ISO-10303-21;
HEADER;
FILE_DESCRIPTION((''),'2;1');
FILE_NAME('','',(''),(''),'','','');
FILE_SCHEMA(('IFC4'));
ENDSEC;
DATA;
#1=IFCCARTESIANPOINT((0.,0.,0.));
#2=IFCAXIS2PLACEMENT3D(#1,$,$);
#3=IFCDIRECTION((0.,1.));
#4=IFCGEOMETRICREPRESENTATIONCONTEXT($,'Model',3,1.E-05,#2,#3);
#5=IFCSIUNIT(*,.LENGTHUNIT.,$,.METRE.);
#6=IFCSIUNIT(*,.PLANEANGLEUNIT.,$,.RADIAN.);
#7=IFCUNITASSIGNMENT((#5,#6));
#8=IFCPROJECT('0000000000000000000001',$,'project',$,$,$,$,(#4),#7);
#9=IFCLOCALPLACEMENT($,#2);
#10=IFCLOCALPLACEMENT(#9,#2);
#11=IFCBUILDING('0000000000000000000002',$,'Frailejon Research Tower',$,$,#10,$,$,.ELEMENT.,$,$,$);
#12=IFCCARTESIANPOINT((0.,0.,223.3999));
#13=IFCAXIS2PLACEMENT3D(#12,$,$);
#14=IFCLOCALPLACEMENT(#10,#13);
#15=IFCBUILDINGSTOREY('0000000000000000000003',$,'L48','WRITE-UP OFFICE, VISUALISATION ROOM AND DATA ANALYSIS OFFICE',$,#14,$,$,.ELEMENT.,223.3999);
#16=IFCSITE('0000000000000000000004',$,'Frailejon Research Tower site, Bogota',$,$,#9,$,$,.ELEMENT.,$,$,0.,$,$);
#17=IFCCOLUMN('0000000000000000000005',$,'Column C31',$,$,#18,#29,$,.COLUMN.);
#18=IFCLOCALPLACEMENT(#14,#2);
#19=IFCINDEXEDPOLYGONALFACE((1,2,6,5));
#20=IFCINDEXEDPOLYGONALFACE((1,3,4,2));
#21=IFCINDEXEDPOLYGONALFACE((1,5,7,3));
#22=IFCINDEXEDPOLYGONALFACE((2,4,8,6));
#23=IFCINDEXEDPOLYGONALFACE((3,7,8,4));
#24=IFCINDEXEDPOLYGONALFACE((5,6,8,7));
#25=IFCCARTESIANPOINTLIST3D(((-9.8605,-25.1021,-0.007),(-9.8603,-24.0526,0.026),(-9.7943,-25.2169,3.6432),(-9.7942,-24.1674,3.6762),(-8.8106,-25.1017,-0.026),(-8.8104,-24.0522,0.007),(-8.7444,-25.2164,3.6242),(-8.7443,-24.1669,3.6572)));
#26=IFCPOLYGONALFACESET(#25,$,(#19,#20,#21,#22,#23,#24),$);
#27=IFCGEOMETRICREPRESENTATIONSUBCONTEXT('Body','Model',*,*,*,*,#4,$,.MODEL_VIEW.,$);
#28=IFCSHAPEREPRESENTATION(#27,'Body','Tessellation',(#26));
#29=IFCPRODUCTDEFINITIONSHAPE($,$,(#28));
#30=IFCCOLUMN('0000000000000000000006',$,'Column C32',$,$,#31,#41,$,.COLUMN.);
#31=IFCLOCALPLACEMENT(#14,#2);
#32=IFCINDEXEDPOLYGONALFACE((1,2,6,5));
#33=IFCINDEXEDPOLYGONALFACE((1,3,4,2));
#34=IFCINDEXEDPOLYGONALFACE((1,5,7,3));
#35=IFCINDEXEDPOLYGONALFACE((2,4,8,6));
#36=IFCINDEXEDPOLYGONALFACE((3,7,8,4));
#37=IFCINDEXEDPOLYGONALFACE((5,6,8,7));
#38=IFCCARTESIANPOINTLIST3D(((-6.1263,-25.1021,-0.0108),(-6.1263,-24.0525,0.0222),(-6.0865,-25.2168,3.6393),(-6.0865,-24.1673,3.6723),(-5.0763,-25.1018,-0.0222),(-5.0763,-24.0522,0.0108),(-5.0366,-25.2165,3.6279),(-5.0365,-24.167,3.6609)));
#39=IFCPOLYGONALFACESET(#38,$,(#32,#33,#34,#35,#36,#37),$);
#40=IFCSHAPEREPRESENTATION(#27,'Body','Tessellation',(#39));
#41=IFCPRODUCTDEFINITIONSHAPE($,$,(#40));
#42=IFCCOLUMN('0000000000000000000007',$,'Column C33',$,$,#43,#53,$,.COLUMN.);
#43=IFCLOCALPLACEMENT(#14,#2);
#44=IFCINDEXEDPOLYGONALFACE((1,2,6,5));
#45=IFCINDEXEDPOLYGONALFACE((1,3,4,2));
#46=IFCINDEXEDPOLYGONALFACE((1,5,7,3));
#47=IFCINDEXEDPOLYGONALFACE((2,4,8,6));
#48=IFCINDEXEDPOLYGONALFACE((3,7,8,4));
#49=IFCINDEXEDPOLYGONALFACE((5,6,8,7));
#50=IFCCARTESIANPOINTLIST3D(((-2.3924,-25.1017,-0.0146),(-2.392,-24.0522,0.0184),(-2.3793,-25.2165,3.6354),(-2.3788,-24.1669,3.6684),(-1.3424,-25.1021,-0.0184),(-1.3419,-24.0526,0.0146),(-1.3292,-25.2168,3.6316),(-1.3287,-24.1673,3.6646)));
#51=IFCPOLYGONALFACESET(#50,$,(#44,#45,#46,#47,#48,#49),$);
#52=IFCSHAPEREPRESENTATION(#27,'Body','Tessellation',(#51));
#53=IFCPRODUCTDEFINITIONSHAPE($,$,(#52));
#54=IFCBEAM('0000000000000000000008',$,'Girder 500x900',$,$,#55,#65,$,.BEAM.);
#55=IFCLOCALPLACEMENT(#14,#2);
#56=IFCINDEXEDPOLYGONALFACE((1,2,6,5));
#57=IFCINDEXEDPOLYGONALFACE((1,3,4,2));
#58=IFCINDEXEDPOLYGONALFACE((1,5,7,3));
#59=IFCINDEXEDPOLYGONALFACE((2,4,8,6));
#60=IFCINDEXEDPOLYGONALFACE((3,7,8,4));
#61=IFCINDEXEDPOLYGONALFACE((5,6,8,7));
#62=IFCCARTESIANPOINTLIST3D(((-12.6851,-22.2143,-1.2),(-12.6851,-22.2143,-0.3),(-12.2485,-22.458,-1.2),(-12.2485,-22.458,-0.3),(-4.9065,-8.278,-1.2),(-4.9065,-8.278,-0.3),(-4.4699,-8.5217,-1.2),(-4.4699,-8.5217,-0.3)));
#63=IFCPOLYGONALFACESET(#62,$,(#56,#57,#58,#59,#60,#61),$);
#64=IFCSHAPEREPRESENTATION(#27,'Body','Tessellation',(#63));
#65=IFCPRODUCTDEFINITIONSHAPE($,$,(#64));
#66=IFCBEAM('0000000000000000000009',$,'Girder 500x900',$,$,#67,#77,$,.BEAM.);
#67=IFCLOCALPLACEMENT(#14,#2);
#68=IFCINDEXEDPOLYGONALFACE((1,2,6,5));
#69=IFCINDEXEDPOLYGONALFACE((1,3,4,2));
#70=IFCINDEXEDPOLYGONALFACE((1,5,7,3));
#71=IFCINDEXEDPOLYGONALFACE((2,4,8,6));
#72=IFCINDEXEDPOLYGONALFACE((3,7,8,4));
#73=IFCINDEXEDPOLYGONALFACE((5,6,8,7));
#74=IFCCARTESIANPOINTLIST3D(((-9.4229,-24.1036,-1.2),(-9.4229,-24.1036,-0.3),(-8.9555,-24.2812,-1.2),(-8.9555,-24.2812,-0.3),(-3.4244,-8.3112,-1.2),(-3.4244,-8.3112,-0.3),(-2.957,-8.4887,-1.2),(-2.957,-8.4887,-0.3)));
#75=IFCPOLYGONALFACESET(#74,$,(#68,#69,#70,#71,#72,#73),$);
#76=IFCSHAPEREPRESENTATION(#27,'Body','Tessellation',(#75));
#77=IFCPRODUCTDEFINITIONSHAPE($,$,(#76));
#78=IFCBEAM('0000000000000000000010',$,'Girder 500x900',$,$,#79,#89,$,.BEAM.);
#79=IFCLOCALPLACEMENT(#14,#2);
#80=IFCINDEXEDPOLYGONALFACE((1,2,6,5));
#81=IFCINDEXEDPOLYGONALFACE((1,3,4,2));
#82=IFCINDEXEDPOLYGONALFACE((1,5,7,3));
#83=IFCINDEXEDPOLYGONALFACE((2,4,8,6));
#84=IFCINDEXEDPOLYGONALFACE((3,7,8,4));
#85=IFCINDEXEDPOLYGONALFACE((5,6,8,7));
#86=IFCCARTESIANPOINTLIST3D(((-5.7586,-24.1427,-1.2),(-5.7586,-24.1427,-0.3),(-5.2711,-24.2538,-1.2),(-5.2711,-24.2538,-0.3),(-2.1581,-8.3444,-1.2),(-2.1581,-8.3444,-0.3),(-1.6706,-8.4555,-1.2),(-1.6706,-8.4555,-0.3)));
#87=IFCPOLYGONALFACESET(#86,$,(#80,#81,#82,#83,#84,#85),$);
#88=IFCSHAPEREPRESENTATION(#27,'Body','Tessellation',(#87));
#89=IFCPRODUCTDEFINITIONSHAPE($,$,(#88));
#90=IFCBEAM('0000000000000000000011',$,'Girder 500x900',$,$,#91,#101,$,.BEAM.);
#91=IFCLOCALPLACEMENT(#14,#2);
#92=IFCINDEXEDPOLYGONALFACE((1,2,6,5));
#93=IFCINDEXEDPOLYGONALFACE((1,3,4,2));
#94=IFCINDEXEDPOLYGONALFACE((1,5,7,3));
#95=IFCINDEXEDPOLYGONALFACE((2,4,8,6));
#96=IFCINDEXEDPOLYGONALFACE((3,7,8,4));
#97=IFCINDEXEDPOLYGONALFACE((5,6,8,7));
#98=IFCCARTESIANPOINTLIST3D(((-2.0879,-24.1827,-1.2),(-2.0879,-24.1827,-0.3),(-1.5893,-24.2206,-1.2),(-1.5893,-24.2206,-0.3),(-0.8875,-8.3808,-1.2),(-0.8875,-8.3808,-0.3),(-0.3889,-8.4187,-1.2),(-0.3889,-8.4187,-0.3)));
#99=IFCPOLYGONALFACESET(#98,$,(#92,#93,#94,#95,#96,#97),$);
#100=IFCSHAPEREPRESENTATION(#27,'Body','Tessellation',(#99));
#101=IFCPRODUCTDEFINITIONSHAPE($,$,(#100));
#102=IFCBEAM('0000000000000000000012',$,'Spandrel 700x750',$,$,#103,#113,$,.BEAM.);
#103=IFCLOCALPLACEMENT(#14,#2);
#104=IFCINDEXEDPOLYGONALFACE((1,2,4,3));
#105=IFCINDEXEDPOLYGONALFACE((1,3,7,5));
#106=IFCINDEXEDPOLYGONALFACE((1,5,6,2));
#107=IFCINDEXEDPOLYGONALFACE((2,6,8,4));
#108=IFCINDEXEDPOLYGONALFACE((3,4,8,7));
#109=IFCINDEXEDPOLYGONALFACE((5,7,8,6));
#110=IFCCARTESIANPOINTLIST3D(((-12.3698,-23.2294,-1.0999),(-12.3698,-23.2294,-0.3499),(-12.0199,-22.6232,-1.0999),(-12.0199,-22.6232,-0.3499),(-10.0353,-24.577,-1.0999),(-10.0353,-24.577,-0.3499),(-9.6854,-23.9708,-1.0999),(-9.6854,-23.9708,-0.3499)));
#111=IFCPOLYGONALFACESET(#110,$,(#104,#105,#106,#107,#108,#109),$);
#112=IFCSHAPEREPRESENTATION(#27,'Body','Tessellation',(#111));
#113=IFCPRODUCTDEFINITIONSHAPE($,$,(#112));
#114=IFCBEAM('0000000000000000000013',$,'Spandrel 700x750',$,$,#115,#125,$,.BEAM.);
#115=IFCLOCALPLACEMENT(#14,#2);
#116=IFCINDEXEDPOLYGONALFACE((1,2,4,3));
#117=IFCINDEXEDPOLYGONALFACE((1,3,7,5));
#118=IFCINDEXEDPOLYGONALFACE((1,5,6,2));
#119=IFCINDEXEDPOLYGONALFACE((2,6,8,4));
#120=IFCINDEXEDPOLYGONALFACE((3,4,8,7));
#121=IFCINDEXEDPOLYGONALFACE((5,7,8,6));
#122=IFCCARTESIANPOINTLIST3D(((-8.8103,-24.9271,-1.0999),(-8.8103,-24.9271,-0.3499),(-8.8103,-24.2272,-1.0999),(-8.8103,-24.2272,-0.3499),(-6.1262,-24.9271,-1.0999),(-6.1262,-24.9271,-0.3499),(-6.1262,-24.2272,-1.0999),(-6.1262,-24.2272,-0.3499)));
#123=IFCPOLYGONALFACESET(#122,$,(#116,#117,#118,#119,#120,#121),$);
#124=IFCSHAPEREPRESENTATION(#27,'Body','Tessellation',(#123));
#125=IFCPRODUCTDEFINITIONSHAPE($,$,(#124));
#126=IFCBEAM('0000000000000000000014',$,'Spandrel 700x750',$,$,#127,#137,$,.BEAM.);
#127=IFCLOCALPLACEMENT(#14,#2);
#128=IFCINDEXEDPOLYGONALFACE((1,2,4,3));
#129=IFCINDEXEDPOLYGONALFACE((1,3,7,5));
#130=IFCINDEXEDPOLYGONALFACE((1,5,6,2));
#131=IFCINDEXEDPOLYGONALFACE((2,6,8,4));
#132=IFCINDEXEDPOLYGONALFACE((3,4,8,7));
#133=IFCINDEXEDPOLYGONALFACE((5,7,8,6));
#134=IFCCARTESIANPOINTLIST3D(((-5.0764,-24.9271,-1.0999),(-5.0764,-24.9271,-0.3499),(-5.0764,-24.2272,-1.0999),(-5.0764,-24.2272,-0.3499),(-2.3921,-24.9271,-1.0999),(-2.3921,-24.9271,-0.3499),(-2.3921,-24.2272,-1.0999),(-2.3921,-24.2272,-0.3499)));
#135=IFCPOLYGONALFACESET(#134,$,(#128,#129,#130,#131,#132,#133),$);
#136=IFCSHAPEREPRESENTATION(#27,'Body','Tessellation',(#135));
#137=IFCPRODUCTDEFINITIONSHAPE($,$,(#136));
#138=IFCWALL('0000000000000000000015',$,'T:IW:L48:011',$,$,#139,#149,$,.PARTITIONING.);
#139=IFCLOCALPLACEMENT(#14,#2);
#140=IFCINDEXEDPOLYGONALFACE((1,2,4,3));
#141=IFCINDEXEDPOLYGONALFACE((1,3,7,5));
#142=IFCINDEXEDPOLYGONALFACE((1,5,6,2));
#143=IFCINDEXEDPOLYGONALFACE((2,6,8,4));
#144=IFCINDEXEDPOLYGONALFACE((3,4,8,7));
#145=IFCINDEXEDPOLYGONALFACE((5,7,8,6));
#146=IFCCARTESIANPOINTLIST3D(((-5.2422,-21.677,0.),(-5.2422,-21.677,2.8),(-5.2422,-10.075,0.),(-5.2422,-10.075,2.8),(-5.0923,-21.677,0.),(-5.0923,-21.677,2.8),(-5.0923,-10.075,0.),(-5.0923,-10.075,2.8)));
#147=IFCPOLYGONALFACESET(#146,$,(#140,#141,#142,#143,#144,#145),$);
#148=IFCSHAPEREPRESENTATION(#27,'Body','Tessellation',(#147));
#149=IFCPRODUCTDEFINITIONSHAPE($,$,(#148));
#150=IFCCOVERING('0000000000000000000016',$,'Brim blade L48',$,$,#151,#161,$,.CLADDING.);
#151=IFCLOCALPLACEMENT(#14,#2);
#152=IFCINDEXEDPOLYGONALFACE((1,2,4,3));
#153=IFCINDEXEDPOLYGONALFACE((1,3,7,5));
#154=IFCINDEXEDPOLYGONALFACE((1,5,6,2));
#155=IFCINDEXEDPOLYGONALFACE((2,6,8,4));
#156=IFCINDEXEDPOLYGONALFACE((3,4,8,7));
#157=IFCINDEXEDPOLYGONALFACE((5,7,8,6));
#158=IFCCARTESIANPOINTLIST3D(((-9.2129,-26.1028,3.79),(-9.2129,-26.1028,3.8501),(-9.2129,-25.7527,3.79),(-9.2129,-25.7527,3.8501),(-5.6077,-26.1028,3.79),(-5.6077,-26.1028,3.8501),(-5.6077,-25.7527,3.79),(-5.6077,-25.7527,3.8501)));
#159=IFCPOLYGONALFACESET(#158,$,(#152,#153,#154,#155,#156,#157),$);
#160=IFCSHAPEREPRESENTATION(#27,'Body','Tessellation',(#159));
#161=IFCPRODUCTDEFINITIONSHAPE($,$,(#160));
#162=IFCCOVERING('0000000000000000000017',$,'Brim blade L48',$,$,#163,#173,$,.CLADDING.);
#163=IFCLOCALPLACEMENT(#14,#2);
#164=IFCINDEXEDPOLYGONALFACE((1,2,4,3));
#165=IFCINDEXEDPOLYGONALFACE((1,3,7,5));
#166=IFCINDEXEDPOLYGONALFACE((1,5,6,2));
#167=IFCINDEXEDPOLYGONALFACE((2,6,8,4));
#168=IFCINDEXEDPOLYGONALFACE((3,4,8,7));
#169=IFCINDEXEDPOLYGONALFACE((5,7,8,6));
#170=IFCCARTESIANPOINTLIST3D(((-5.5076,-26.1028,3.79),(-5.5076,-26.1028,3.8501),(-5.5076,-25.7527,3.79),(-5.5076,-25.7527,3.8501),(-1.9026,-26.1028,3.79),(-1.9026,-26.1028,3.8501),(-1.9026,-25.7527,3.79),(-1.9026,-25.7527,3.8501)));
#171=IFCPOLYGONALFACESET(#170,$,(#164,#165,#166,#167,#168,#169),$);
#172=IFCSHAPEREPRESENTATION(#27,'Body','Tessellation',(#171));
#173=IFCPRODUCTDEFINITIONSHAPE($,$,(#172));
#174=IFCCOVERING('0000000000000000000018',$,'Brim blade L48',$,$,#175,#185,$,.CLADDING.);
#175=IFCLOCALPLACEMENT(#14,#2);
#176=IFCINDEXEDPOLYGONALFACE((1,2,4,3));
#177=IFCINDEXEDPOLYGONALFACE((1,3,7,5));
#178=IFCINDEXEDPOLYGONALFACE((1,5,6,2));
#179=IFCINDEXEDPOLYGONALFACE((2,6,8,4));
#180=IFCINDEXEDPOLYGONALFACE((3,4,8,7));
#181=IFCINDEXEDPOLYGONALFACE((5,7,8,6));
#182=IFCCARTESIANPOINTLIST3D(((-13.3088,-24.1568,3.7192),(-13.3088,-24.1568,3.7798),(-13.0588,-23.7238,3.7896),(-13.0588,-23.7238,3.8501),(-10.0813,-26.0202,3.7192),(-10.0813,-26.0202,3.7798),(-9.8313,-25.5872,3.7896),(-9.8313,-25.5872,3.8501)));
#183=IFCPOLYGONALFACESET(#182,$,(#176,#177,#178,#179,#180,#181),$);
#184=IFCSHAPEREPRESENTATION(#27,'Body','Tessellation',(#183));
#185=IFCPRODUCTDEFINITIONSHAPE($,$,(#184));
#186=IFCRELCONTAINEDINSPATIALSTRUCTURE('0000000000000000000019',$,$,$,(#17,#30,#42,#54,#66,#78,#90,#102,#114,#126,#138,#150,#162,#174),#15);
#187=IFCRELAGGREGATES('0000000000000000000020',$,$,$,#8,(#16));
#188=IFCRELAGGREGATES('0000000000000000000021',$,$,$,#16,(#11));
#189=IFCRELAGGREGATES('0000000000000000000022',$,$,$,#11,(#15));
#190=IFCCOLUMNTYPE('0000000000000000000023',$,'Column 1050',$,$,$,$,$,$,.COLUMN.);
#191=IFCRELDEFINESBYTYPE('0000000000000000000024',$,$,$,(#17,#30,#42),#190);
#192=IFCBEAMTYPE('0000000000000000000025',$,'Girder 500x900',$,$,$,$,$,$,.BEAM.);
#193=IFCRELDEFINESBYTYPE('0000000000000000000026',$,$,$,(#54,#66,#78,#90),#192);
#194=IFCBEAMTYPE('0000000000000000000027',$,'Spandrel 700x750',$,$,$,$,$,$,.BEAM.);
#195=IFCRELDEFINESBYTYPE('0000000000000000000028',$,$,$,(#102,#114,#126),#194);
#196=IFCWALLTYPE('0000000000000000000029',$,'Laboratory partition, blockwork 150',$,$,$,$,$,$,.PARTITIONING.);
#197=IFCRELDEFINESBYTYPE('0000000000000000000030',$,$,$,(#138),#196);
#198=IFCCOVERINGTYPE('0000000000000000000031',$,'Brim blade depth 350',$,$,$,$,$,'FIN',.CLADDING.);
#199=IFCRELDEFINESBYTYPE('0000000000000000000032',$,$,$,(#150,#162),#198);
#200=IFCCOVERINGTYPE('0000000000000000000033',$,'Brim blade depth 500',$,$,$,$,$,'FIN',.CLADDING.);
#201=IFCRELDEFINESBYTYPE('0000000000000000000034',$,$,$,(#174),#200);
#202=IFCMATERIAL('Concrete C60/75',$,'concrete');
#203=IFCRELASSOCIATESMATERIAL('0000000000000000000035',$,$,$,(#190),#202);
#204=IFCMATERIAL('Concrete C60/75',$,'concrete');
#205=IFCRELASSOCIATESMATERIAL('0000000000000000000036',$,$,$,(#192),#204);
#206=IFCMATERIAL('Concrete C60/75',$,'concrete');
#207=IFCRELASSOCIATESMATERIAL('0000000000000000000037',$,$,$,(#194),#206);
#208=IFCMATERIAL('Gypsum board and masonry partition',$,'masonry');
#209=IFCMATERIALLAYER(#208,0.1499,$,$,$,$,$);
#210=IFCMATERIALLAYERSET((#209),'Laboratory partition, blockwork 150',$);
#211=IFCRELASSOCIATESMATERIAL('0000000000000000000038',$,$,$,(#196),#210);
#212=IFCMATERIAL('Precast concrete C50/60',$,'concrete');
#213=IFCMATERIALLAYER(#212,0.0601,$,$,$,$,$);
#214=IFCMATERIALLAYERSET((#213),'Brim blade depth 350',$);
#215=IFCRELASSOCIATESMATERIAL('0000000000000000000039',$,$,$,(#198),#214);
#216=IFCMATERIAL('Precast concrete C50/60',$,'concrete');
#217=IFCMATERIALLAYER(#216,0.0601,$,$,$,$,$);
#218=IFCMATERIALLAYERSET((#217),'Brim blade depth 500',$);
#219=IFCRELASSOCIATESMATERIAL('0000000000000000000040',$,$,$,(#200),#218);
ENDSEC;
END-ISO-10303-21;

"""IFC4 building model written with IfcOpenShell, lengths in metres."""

from ifc_helpers import new_model, si_unit, direction, frame, frame_2d, origin, origin_2d, place, context, subcontext, project, spatial, polyline, rectangle, outline, extrude, material, layer, layer_set, material_profile, profile_set, type_object, element, save


model = new_model("IFC4")

# Units and contexts
model_context = context("Model", 3, precision=1e-05, world=origin(), true_north=direction((0.0, 1.0)))
body_context = subcontext(model_context, "Body", "Model", "MODEL_VIEW")
ifc_project = project(units=[si_unit("LENGTHUNIT", "METRE"), si_unit("PLANEANGLEUNIT", "RADIAN")], contexts=[model_context])

# Site, building, storey
site_placement = place(None, origin())
site = spatial("IfcSite", under=ifc_project, at=site_placement, Name="Frailejon Research Tower site, Bogota", CompositionType="ELEMENT", RefElevation=0.0)
building_placement = place(site_placement, origin())
building = spatial("IfcBuilding", under=site, at=building_placement, Name="Frailejon Research Tower", CompositionType="ELEMENT")
storey_placement = place(building_placement, frame((0.0, 0.0, 223.3999)))
storey = spatial("IfcBuildingStorey", under=building, at=storey_placement, Name="L48", Description="WRITE-UP OFFICE, VISUALISATION ROOM AND DATA ANALYSIS OFFICE", CompositionType="ELEMENT", Elevation=223.3999)

# Columns
ifc_material_1 = material(Name="Concrete C60/75", Category="concrete")
ifc_material_profile_1 = material_profile(ifc_material_1, rectangle(XDim=1.05, YDim=1.05, at=origin_2d()), Name="Column 1050")
ifc_profile_set_1 = profile_set([ifc_material_profile_1], Name="Concrete C60/75")
column_type = type_object("IfcColumnType", Name="Column 1050", PredefinedType="COLUMN", material=ifc_profile_set_1)
column_1_placement = place(storey_placement, frame((-9.3354, -24.5771, 0.0), z_axis=(0.018114, -0.031415, 0.999342), x_axis=(0.999836, 0.000438, -0.018109)))
element("IfcColumn", 1, at=column_1_placement, inside=storey, type_object=column_type, Name="Column C31", PredefinedType="COLUMN", context=body_context, shape_type="SweptSolid", body=[
    extrude(rectangle(XDim=1.05, YDim=1.05, at=origin_2d()), origin(), (0.0, 0.0, 1.0), 3.6526),
])
column_2_placement = place(storey_placement, frame((-5.6013, -24.5771, 0.0), z_axis=(0.010896, -0.031419, 0.999447), x_axis=(0.999941, 0.000298, -0.010892)))
element("IfcColumn", 2, at=column_2_placement, inside=storey, type_object=column_type, Name="Column C32", PredefinedType="COLUMN", context=body_context, shape_type="SweptSolid", body=[
    extrude(rectangle(XDim=1.05, YDim=1.05, at=origin_2d()), origin(), (0.0, 0.0, 1.0), 3.6521),
])
column_3_placement = place(storey_placement, frame((-1.8672, -24.5771, 0.0), z_axis=(0.00361, -0.03142, 0.9995), x_axis=(0.999993, -0.000341, -0.003623)))
element("IfcColumn", 3, at=column_3_placement, inside=storey, type_object=column_type, Name="Column C33", PredefinedType="COLUMN", context=body_context, shape_type="SweptSolid", body=[
    extrude(rectangle(XDim=1.05, YDim=1.05, at=origin_2d()), origin(), (0.0, 0.0, 1.0), 3.6519),
])

# Beams
ifc_material_2 = material(Name="Concrete C60/75", Category="concrete")
ifc_material_profile_2 = material_profile(ifc_material_2, rectangle(XDim=0.5, YDim=0.8999, at=origin_2d()), Name="Girder 500x900")
ifc_profile_set_2 = profile_set([ifc_material_profile_2], Name="Concrete C60/75")
beam_type_1 = type_object("IfcBeamType", Name="Girder 500x900", PredefinedType="BEAM", material=ifc_profile_set_2)
beam_1_placement = place(storey_placement, frame((-12.4668, -22.3362, -0.75), z_axis=(0.487375, 0.873193, 0.0), x_axis=(-0.873193, 0.487375, 0.0)))
element("IfcBeam", 4, at=beam_1_placement, inside=storey, type_object=beam_type_1, Name="Girder 500x900", PredefinedType="BEAM", context=body_context, shape_type="SweptSolid", body=[
    extrude(rectangle(XDim=0.5, YDim=0.8999, at=origin_2d()), origin(), (0.0, 0.0, 1.0), 15.9602),
])
beam_2_placement = place(storey_placement, frame((-9.1892, -24.1924, -0.75), z_axis=(0.355083, 0.934835, 0.0), x_axis=(-0.934835, 0.355083, 0.0)))
element("IfcBeam", 5, at=beam_2_placement, inside=storey, type_object=beam_type_1, Name="Girder 500x900", PredefinedType="BEAM", context=body_context, shape_type="SweptSolid", body=[
    extrude(rectangle(XDim=0.5, YDim=0.8999, at=origin_2d()), origin(), (0.0, 0.0, 1.0), 16.8933),
])
beam_3_placement = place(storey_placement, frame((-5.5149, -24.1982, -0.75), z_axis=(0.222211, 0.974999, 0.0), x_axis=(-0.974999, 0.222211, 0.0)))
element("IfcBeam", 6, at=beam_3_placement, inside=storey, type_object=beam_type_1, Name="Girder 500x900", PredefinedType="BEAM", context=body_context, shape_type="SweptSolid", body=[
    extrude(rectangle(XDim=0.5, YDim=0.8999, at=origin_2d()), origin(), (0.0, 0.0, 1.0), 16.2034),
])
beam_4_placement = place(storey_placement, frame((-1.8386, -24.2017, -0.75), z_axis=(0.07575, 0.997127, 0.0), x_axis=(-0.997127, 0.07575, 0.0)))
element("IfcBeam", 7, at=beam_4_placement, inside=storey, type_object=beam_type_1, Name="Girder 500x900", PredefinedType="BEAM", context=body_context, shape_type="SweptSolid", body=[
    extrude(rectangle(XDim=0.5, YDim=0.8999, at=origin_2d()), origin(), (0.0, 0.0, 1.0), 15.8474),
])
ifc_material_3 = material(Name="Concrete C60/75", Category="concrete")
ifc_material_profile_3 = material_profile(ifc_material_3, rectangle(XDim=0.7, YDim=0.75, at=origin_2d()), Name="Spandrel 700x750")
ifc_profile_set_3 = profile_set([ifc_material_profile_3], Name="Concrete C60/75")
beam_type_2 = type_object("IfcBeamType", Name="Spandrel 700x750", PredefinedType="BEAM", material=ifc_profile_set_3)
beam_5_placement = place(storey_placement, frame((-12.1948, -22.9263, -0.7249), z_axis=(0.86605, -0.499958, 0.0), x_axis=(0.499958, 0.86605, 0.0)))
element("IfcBeam", 8, at=beam_5_placement, inside=storey, type_object=beam_type_2, Name="Spandrel 700x750", PredefinedType="BEAM", context=body_context, shape_type="SweptSolid", body=[
    extrude(rectangle(XDim=0.7, YDim=0.75, at=origin_2d()), origin(), (0.0, 0.0, 1.0), 2.6956),
])
beam_6_placement = place(storey_placement, frame((-8.8103, -24.5771, -0.7249), z_axis=(1.0, 0.0, 0.0), x_axis=(0.0, 1.0, 0.0)))
element("IfcBeam", 9, at=beam_6_placement, inside=storey, type_object=beam_type_2, Name="Spandrel 700x750", PredefinedType="BEAM", context=body_context, shape_type="SweptSolid", body=[
    extrude(rectangle(XDim=0.7, YDim=0.75, at=origin_2d()), origin(), (0.0, 0.0, 1.0), 2.6841),
])
beam_7_placement = place(storey_placement, frame((-5.0764, -24.5771, -0.7249), z_axis=(1.0, 0.0, 0.0), x_axis=(0.0, 1.0, 0.0)))
element("IfcBeam", 10, at=beam_7_placement, inside=storey, type_object=beam_type_2, Name="Spandrel 700x750", PredefinedType="BEAM", context=body_context, shape_type="SweptSolid", body=[
    extrude(rectangle(XDim=0.7, YDim=0.75, at=origin_2d()), origin(), (0.0, 0.0, 1.0), 2.6843),
])

# Wall
ifc_material_4 = material(Name="Gypsum board and masonry partition", Category="masonry")
ifc_layer_1 = layer(ifc_material_4, 0.1499)
ifc_layer_set_1 = layer_set([ifc_layer_1], Name="Laboratory partition, blockwork 150")
wall_type_1 = type_object("IfcWallType", Name="Laboratory partition, blockwork 150", PredefinedType="PARTITIONING", material=ifc_layer_set_1)
wall_1_placement = place(storey_placement, frame((-5.1672, -21.677, 0.0), z_axis=(0.0, 0.0, 1.0), x_axis=(0.0, 1.0, 0.0)))
element("IfcWall", 11, at=wall_1_placement, inside=storey, type_object=wall_type_1, Name="T:IW:L48:011", PredefinedType="PARTITIONING", context=body_context, shape_type="SweptSolid", body=[
    extrude(rectangle(XDim=11.6021, YDim=0.1499, at=frame_2d((5.801, 0.0))), origin(), (0.0, 0.0, 1.0), 2.8),
])

# Coverings
ifc_material_5 = material(Name="Precast concrete C50/60", Category="concrete")
ifc_layer_2 = layer(ifc_material_5, 0.0601)
ifc_layer_set_2 = layer_set([ifc_layer_2], Name="Brim blade depth 350")
covering_type_1 = type_object("IfcCoveringType", Name="Brim blade depth 350", ElementType="FIN", PredefinedType="CLADDING", material=ifc_layer_set_2)
covering_1_placement = place(storey_placement, frame((-5.6077, -25.7527, 3.8501), z_axis=(-1.0, 0.0, 0.0), x_axis=(0.0, -1.0, 0.0)))
element("IfcCovering", 12, at=covering_1_placement, inside=storey, type_object=covering_type_1, Name="Brim blade L48", PredefinedType="CLADDING", context=body_context, shape_type="SweptSolid", body=[
    extrude(outline(polyline([(0.0, -0.0601), (0.3501, -0.0601), (0.3501, 0.0), (0.0, 0.0), (0.0, -0.0601)])), origin(), (0.0, 0.0, 1.0), 3.6052),
])
covering_2_placement = place(storey_placement, frame((-1.9026, -25.7527, 3.8501), z_axis=(-1.0, 0.0, 0.0), x_axis=(0.0, -1.0, 0.0)))
element("IfcCovering", 13, at=covering_2_placement, inside=storey, type_object=covering_type_1, Name="Brim blade L48", PredefinedType="CLADDING", context=body_context, shape_type="SweptSolid", body=[
    extrude(outline(polyline([(0.0, -0.0601), (0.3501, -0.0601), (0.3501, 0.0), (0.0, 0.0), (0.0, -0.0601)])), origin(), (0.0, 0.0, 1.0), 3.605),
])
ifc_material_6 = material(Name="Precast concrete C50/60", Category="concrete")
ifc_layer_3 = layer(ifc_material_6, 0.0601)
ifc_layer_set_3 = layer_set([ifc_layer_3], Name="Brim blade depth 500")
covering_type_2 = type_object("IfcCoveringType", Name="Brim blade depth 500", ElementType="FIN", PredefinedType="CLADDING", material=ifc_layer_set_3)
covering_3_placement = place(storey_placement, frame((-9.8313, -25.5872, 3.8501), z_axis=(-0.86603, 0.499992, 0.0), x_axis=(-0.499992, -0.86603, 0.0)))
element("IfcCovering", 14, at=covering_3_placement, inside=storey, type_object=covering_type_2, Name="Brim blade L48", PredefinedType="CLADDING", context=body_context, shape_type="SweptSolid", body=[
    extrude(outline(polyline([(0.0, -0.0605), (0.5, -0.1309), (0.5, -0.0703), (0.0, 0.0), (0.0, -0.0605)])), origin(), (0.0, 0.0, 1.0), 3.7268),
])

save(model, "model.ifc")
